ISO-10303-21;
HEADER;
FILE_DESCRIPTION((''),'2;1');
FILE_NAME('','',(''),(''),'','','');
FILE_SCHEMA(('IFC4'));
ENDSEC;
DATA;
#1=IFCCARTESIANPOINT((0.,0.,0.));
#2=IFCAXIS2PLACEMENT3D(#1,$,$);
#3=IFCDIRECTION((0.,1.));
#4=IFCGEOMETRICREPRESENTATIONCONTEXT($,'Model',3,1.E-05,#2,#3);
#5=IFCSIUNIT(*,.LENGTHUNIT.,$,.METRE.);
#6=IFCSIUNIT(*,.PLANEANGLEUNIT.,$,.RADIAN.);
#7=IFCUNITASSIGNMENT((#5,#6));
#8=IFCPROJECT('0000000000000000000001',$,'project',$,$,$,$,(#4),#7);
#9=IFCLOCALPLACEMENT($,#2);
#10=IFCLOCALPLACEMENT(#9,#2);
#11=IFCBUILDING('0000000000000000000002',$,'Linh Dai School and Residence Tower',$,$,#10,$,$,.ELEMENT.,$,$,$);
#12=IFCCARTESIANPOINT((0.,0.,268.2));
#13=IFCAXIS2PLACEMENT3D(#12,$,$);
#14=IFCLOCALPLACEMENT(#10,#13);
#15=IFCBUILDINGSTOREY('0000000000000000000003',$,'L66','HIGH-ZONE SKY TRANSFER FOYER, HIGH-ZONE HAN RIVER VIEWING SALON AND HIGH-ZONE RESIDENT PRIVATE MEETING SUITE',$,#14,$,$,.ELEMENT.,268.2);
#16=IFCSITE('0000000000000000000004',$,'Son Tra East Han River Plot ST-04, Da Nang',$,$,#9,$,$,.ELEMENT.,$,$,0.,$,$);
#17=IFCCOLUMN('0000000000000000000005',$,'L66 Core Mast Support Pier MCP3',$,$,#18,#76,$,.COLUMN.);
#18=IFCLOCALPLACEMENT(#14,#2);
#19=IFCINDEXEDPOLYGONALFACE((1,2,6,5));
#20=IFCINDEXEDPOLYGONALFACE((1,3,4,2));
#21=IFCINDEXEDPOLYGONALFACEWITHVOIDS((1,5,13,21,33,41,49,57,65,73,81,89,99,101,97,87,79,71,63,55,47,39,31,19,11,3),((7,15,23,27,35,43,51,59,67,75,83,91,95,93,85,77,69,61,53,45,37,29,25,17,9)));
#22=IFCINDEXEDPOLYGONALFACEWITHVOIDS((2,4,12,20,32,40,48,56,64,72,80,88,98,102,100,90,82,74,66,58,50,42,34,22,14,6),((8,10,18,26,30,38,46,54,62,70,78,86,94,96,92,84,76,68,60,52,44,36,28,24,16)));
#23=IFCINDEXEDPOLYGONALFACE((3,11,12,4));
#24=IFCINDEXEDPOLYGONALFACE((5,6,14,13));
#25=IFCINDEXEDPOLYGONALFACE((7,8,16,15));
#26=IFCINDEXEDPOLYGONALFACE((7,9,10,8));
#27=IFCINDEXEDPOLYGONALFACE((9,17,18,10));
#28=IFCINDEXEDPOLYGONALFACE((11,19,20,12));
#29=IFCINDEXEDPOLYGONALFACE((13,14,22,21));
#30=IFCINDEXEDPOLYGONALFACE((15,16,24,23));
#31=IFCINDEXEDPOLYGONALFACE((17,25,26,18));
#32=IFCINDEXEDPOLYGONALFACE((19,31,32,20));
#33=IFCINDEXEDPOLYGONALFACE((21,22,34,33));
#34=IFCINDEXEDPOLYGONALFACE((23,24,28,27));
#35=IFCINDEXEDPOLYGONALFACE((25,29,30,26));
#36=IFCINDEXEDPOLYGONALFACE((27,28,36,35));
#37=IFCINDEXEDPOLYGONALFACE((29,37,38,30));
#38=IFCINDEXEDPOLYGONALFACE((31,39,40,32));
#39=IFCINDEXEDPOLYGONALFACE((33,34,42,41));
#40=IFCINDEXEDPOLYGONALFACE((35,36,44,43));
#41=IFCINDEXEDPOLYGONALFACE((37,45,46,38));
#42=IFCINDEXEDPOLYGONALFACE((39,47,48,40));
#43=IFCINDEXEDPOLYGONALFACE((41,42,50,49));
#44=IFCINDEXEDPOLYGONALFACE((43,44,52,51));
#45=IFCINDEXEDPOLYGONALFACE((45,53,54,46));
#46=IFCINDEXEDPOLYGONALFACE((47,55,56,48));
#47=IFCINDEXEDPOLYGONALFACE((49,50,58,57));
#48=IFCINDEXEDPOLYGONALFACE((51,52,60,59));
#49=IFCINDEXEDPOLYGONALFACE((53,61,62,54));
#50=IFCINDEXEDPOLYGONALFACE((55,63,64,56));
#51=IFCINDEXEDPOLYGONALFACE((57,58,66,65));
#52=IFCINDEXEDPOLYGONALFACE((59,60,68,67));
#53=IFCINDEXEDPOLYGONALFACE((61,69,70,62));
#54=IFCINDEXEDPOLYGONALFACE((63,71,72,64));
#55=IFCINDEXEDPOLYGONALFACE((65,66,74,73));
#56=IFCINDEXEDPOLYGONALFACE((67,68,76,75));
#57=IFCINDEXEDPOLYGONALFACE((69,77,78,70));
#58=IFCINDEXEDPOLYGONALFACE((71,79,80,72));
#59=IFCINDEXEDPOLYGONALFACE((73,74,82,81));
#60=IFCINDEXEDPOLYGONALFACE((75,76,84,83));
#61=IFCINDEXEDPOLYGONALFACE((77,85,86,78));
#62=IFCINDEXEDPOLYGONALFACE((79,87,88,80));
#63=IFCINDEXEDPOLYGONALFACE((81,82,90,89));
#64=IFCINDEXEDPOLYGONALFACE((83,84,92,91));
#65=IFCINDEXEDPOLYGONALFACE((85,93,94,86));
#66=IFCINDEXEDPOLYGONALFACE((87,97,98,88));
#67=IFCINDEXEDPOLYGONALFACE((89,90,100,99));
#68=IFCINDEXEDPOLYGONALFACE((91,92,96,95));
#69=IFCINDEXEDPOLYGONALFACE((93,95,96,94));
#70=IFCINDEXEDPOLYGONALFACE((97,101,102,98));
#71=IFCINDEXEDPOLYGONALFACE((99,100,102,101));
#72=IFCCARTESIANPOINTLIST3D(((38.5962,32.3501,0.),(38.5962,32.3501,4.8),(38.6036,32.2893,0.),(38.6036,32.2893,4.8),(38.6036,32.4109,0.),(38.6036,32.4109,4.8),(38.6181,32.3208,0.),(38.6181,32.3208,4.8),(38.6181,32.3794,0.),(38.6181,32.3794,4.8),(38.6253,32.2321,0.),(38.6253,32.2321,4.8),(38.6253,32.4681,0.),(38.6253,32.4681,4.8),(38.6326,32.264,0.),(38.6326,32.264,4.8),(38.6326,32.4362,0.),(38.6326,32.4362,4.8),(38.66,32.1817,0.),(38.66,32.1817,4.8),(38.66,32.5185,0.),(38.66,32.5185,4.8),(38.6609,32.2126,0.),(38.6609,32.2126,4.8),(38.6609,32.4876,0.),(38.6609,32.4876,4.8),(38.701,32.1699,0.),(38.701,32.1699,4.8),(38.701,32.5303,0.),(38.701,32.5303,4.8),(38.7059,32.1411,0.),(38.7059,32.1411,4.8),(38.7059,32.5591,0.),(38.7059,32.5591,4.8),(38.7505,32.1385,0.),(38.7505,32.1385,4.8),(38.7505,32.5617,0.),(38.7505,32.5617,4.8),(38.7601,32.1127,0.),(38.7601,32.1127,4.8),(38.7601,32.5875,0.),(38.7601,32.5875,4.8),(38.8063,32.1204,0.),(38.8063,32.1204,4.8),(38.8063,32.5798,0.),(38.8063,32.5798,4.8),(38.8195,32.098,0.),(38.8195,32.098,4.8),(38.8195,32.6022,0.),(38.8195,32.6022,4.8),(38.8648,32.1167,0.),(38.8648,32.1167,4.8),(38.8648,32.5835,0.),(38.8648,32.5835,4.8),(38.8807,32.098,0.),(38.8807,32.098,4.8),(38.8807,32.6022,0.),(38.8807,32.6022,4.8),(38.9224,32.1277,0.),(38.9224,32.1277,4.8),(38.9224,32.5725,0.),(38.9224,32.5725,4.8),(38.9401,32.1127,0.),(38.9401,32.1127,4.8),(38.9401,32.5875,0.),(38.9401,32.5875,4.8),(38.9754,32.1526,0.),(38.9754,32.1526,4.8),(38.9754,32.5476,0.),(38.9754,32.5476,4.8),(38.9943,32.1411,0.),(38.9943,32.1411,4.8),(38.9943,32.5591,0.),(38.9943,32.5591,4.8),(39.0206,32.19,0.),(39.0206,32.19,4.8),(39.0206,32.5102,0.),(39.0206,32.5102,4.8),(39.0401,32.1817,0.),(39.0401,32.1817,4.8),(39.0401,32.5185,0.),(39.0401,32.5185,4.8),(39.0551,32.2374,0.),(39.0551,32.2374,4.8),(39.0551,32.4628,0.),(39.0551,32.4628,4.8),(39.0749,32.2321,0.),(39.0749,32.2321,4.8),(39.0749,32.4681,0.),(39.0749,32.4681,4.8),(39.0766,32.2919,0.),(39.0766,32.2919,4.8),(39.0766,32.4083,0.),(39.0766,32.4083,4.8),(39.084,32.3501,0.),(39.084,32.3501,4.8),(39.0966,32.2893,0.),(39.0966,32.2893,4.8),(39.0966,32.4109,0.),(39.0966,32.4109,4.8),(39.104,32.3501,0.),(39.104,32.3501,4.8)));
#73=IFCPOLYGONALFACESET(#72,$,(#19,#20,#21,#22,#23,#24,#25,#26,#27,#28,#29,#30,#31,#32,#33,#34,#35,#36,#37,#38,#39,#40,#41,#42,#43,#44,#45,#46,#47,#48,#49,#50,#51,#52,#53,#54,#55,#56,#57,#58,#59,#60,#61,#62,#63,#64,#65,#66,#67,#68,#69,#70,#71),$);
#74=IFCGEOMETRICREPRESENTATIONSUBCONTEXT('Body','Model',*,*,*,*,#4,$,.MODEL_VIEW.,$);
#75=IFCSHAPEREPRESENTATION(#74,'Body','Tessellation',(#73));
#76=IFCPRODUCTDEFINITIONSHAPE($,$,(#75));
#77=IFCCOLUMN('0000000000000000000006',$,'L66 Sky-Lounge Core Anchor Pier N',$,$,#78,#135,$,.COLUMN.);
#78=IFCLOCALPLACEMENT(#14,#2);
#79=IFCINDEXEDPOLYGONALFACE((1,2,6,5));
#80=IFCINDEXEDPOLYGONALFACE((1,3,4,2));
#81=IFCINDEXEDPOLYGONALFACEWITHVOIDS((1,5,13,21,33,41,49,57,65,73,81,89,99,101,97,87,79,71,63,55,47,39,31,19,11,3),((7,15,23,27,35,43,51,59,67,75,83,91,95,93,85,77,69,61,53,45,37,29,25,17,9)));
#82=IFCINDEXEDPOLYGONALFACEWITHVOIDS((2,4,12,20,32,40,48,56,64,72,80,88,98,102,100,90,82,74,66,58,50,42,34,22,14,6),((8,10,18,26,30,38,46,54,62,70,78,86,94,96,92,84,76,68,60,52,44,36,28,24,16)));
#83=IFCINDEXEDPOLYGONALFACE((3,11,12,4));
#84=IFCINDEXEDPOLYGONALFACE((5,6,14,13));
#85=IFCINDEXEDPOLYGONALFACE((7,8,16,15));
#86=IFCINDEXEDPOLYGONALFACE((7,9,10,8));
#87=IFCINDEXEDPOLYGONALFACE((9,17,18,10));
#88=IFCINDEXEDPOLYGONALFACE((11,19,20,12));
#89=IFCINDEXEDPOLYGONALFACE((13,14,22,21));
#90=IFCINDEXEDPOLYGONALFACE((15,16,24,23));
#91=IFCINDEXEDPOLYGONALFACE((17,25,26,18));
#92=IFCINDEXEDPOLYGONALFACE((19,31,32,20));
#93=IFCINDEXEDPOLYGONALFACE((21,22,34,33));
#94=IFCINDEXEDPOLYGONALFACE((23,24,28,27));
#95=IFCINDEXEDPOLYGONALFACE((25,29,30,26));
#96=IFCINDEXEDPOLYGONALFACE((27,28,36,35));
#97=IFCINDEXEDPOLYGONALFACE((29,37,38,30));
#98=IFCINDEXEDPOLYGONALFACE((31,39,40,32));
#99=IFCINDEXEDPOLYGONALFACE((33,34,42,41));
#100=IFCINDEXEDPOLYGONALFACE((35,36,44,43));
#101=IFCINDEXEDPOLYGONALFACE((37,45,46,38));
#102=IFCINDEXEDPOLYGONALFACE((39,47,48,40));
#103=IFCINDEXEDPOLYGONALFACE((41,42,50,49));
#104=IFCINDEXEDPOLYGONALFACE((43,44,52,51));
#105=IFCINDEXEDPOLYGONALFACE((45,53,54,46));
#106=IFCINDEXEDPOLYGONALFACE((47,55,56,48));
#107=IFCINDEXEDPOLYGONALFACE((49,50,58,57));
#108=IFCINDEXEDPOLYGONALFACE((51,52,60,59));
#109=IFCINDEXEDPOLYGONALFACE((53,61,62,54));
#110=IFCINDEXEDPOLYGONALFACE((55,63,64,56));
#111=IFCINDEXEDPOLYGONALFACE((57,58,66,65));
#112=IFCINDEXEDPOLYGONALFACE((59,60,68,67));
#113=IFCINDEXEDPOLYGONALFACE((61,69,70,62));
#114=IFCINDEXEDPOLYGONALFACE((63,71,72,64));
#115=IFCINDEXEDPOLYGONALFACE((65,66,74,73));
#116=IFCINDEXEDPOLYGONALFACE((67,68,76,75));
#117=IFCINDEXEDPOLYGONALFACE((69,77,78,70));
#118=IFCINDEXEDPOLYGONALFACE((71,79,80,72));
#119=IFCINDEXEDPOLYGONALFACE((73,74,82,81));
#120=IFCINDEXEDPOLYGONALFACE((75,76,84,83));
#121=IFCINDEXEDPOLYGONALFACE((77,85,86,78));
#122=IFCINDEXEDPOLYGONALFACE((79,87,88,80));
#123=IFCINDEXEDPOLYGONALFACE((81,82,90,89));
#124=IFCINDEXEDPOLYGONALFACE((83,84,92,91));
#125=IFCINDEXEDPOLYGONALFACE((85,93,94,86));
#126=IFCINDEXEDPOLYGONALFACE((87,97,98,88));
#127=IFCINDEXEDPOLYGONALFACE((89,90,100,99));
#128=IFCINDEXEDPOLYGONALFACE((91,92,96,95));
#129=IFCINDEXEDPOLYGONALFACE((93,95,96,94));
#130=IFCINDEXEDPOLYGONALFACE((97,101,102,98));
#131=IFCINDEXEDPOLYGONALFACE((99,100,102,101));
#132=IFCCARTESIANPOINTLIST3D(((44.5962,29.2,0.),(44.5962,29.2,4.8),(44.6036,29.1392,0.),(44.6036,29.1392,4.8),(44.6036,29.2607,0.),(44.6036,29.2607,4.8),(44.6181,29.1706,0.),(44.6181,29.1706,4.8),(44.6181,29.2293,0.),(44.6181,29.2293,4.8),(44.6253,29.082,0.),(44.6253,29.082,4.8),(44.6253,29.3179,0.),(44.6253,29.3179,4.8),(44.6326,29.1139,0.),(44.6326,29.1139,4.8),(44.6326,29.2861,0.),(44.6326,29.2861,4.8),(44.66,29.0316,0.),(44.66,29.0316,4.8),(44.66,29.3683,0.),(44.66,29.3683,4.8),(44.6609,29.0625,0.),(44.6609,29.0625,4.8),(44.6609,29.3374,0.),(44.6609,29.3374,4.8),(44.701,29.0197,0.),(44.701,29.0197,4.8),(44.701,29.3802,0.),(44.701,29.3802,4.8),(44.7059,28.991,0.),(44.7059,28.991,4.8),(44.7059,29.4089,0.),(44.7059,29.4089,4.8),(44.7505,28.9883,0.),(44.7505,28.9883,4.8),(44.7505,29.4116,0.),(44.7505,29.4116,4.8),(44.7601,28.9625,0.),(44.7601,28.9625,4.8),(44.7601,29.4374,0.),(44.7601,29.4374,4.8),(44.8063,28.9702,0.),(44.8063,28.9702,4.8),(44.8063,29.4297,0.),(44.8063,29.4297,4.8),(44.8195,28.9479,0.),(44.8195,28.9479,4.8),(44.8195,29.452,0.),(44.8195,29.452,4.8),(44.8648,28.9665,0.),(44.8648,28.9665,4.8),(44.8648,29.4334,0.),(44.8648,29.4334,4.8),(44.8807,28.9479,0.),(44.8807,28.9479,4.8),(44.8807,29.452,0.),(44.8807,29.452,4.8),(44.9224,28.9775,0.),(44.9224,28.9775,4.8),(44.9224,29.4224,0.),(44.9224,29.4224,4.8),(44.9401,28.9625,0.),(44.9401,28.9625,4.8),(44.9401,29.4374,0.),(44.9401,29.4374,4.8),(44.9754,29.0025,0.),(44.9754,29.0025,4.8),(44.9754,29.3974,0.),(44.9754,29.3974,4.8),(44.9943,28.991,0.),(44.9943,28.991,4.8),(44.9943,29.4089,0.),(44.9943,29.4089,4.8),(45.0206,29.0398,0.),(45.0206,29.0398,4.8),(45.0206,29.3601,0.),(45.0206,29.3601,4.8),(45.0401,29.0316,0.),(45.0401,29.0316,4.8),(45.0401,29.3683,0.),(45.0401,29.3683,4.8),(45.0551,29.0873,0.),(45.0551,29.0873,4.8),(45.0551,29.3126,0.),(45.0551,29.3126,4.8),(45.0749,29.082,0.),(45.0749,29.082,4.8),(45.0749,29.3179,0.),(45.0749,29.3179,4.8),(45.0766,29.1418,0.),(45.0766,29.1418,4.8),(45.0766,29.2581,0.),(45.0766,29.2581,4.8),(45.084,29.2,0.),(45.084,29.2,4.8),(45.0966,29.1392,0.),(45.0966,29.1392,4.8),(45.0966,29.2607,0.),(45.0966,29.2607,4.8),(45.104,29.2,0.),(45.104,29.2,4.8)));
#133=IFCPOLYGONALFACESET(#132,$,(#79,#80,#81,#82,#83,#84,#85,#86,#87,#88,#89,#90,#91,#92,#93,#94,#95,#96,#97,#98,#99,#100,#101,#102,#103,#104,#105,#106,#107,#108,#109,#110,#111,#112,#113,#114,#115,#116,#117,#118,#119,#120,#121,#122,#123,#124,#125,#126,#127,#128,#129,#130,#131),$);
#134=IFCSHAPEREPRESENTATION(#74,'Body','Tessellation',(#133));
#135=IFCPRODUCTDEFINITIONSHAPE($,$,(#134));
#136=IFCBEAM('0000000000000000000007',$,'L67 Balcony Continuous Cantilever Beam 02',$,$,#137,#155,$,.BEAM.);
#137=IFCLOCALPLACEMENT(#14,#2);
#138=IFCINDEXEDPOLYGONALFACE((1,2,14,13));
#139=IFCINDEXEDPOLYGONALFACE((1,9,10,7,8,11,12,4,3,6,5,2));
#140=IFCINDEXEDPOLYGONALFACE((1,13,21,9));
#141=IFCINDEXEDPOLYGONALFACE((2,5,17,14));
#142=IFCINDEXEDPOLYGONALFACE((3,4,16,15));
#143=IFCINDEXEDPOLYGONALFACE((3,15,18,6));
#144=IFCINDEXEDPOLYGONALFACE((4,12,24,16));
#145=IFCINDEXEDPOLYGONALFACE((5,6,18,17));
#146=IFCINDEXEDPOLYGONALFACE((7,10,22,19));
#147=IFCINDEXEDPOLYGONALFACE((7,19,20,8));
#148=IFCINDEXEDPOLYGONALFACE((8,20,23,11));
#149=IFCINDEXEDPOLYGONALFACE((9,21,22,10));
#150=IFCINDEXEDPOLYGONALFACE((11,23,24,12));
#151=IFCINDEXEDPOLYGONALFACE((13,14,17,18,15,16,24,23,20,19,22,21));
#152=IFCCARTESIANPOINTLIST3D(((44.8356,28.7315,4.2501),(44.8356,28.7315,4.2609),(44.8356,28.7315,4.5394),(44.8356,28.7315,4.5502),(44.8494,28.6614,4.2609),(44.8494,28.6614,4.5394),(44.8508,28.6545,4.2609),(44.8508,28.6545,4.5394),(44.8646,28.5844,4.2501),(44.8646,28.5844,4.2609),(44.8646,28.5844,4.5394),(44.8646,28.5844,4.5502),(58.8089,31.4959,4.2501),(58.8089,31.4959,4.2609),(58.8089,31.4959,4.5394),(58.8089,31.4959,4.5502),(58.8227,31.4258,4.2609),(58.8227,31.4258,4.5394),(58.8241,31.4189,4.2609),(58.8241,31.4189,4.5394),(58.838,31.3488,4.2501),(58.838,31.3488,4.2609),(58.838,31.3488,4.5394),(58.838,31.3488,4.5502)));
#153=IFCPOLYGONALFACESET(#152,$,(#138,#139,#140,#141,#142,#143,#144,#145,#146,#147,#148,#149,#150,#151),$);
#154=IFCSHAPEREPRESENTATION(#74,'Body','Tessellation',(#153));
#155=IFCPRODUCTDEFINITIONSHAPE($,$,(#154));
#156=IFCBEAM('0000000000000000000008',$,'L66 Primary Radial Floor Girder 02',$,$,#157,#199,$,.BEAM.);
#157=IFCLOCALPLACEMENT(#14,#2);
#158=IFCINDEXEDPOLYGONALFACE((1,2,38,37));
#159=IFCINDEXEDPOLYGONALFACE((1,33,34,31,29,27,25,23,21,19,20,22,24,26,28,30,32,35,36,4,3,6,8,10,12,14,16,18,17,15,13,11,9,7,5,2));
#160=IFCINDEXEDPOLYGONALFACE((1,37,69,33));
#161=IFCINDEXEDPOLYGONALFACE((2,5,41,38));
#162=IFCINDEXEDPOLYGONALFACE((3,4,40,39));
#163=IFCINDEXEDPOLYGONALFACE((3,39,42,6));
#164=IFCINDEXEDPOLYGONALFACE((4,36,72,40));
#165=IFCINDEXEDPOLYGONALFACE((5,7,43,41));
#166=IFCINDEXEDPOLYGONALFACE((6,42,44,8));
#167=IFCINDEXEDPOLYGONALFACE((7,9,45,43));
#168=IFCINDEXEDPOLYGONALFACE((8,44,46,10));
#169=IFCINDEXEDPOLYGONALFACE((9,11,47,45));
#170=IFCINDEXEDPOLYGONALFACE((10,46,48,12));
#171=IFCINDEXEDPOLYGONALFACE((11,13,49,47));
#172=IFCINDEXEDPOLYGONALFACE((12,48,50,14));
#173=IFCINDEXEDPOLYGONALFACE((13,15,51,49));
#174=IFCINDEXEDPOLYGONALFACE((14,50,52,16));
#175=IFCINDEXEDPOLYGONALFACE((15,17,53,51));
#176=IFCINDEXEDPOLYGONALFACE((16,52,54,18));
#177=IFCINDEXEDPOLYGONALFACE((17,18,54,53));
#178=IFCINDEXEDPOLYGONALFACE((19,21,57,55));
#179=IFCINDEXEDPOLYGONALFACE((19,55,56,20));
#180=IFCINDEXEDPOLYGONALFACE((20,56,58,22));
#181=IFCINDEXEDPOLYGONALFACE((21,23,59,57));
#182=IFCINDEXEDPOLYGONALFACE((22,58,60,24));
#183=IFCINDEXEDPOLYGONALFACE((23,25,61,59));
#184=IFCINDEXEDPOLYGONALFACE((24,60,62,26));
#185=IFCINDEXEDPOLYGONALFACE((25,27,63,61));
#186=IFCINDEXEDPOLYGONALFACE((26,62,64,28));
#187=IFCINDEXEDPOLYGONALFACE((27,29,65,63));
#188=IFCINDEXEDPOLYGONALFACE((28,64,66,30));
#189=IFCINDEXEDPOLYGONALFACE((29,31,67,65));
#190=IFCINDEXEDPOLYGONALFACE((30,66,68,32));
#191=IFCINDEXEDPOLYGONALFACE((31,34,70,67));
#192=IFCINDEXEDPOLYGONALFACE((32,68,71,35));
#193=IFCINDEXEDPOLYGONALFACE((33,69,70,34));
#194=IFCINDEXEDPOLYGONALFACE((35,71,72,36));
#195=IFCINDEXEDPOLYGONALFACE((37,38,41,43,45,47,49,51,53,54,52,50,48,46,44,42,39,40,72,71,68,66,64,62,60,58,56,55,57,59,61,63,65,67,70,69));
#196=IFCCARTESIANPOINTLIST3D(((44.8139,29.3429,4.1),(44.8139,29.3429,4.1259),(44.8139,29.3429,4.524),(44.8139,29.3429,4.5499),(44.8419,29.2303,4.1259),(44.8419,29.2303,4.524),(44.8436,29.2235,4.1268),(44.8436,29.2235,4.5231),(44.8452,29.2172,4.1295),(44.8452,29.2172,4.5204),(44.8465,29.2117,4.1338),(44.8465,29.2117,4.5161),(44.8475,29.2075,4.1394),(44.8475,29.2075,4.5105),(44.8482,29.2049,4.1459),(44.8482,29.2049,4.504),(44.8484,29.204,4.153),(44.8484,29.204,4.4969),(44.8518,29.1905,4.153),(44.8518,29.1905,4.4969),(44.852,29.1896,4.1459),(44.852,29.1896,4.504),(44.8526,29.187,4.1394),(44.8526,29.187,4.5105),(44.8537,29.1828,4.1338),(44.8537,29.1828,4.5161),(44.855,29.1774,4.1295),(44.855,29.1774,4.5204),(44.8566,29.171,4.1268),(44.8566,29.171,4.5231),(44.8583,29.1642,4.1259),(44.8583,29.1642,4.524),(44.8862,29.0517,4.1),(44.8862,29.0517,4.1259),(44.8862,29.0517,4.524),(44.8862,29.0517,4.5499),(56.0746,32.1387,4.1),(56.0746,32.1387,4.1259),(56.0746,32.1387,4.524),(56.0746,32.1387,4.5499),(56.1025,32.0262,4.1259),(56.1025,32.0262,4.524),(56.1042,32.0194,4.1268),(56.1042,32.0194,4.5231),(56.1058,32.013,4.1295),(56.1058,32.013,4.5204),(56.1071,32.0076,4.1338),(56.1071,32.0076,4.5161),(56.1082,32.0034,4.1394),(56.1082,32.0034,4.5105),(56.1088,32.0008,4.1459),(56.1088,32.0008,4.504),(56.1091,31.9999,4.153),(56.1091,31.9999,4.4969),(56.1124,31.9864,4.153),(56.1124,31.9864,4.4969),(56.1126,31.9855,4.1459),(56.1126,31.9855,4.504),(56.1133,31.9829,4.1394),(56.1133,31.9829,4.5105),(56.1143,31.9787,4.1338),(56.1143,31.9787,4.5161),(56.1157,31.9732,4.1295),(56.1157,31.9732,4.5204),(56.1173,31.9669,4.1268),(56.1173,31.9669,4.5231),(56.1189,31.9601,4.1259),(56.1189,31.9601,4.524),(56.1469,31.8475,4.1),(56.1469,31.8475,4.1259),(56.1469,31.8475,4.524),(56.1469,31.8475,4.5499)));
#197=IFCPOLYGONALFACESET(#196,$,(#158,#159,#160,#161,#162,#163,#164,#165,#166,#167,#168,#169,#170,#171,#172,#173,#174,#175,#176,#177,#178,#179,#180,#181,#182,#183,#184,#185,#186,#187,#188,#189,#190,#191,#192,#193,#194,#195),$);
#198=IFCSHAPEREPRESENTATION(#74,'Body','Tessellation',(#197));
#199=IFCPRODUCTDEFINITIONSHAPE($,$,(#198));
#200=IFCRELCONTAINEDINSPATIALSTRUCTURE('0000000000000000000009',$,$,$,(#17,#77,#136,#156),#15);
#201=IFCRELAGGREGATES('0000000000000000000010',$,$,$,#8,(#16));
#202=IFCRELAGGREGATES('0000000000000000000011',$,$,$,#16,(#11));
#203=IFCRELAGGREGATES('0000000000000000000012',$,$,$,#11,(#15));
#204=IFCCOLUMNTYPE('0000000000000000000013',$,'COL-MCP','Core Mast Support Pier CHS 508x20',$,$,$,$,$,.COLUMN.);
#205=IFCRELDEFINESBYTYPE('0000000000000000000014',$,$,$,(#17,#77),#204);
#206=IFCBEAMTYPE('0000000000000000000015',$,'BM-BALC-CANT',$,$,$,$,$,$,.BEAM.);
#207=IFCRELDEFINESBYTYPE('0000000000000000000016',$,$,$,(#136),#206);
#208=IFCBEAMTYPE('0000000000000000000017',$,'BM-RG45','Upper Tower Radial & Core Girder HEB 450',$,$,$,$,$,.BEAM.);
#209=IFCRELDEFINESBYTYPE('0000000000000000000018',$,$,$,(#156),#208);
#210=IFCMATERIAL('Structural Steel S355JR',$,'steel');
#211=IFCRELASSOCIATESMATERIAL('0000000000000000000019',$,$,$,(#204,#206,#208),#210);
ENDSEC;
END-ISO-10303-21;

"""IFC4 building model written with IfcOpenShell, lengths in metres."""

from ifc_helpers import new_model, si_unit, direction, frame, origin, origin_2d, place, context, subcontext, project, spatial, hollow_circle, i_section, extrude, material, material_profile, profile_set, type_object, element, save


model = new_model("IFC4")

# Units and contexts
model_context = context("Model", 3, precision=1e-05, world=origin(), true_north=direction((0.0, 1.0)))
body_context = subcontext(model_context, "Body", "Model", "MODEL_VIEW")
ifc_project = project(units=[si_unit("LENGTHUNIT", "METRE"), si_unit("PLANEANGLEUNIT", "RADIAN")], contexts=[model_context])

# Site, building, storey
site_placement = place(None, origin())
site = spatial("IfcSite", under=ifc_project, at=site_placement, Name="Son Tra East Han River Plot ST-04, Da Nang", CompositionType="ELEMENT", RefElevation=0.0)
building_placement = place(site_placement, origin())
building = spatial("IfcBuilding", under=site, at=building_placement, Name="Linh Dai School and Residence Tower", CompositionType="ELEMENT")
storey_placement = place(building_placement, frame((0.0, 0.0, 268.2)))
storey = spatial("IfcBuildingStorey", under=building, at=storey_placement, Name="L66", Description="HIGH-ZONE SKY TRANSFER FOYER, HIGH-ZONE HAN RIVER VIEWING SALON AND HIGH-ZONE RESIDENT PRIVATE MEETING SUITE", CompositionType="ELEMENT", Elevation=268.2)

# Columns
ifc_material_1 = material(Name="Structural Steel S355JR", Category="steel")
ifc_material_profile_1 = material_profile(ifc_material_1, hollow_circle(Radius=0.2539, WallThickness=0.02, at=origin_2d()), Name="CHS 508x20")
ifc_profile_set_1 = profile_set([ifc_material_profile_1], Name="Structural Steel S355JR")
column_type_1 = type_object("IfcColumnType", Name="COL-MCP", Description="Core Mast Support Pier CHS 508x20", PredefinedType="COLUMN", material=ifc_profile_set_1)
for number, where, z_axis, x_axis, name in (
    (1, (38.8501, 32.3501, 0.0), (0.0, 0.0, 1.0), (1.0, 0.0, 0.0), "L66 Core Mast Support Pier MCP3"),
    (2, (44.8501, 29.2, 0.0), (0.0, 0.0, 1.0), (1.0, 0.0, 0.0), "L66 Sky-Lounge Core Anchor Pier N"),
):
    element("IfcColumn", number, at=place(storey_placement, frame(where, z_axis=z_axis, x_axis=x_axis)), inside=storey, type_object=column_type_1, Name=name, PredefinedType="COLUMN", context=body_context, shape_type="SweptSolid", body=[
        extrude(hollow_circle(Radius=0.2539, WallThickness=0.02, at=origin_2d()), origin(), (0.0, 0.0, 1.0), 4.8),
    ])

# Beams
ifc_material_profile_2 = material_profile(ifc_material_1, i_section(OverallWidth=0.1499, OverallDepth=0.3, WebThickness=0.0071, FlangeThickness=0.0107, at=origin_2d()), Name="IPE 300")
ifc_profile_set_2 = profile_set([ifc_material_profile_2], Name="Structural Steel S355JR")
beam_type_1 = type_object("IfcBeamType", Name="BM-BALC-CANT", PredefinedType="BEAM", material=ifc_profile_set_2)
beam_1_placement = place(storey_placement, frame((44.8501, 28.658, 4.4001), z_axis=(0.980987, 0.194072, 0.0), x_axis=(-0.194072, 0.980987, 0.0)))
element("IfcBeam", 3, at=beam_1_placement, inside=storey, type_object=beam_type_1, Name="L67 Balcony Continuous Cantilever Beam 02", PredefinedType="BEAM", context=body_context, shape_type="SweptSolid", body=[
    extrude(i_section(OverallWidth=0.1499, OverallDepth=0.3, WebThickness=0.0071, FlangeThickness=0.0107, at=origin_2d()), origin(), (0.0, 0.0, 1.0), 14.2441),
])
ifc_material_profile_3 = material_profile(ifc_material_1, i_section(OverallWidth=0.3, OverallDepth=0.45, WebThickness=0.0139, FlangeThickness=0.0259, FilletRadius=0.0271, at=origin_2d()), Name="HEB 450")
ifc_profile_set_3 = profile_set([ifc_material_profile_3], Name="Structural Steel S355JR")
beam_type_2 = type_object("IfcBeamType", Name="BM-RG45", Description="Upper Tower Radial & Core Girder HEB 450", PredefinedType="BEAM", material=ifc_profile_set_3)
beam_2_placement = place(storey_placement, frame((44.8501, 29.1973, 4.325), z_axis=(0.970532, 0.240971, 0.0), x_axis=(-0.240971, 0.970532, 0.0)))
element("IfcBeam", 4, at=beam_2_placement, inside=storey, type_object=beam_type_2, Name="L66 Primary Radial Floor Girder 02", PredefinedType="BEAM", context=body_context, shape_type="SweptSolid", body=[
    extrude(i_section(OverallWidth=0.3, OverallDepth=0.45, WebThickness=0.0139, FlangeThickness=0.0259, FilletRadius=0.0271, at=origin_2d()), origin(), (0.0, 0.0, 1.0), 11.6025),
])

save(model, "model.ifc")
